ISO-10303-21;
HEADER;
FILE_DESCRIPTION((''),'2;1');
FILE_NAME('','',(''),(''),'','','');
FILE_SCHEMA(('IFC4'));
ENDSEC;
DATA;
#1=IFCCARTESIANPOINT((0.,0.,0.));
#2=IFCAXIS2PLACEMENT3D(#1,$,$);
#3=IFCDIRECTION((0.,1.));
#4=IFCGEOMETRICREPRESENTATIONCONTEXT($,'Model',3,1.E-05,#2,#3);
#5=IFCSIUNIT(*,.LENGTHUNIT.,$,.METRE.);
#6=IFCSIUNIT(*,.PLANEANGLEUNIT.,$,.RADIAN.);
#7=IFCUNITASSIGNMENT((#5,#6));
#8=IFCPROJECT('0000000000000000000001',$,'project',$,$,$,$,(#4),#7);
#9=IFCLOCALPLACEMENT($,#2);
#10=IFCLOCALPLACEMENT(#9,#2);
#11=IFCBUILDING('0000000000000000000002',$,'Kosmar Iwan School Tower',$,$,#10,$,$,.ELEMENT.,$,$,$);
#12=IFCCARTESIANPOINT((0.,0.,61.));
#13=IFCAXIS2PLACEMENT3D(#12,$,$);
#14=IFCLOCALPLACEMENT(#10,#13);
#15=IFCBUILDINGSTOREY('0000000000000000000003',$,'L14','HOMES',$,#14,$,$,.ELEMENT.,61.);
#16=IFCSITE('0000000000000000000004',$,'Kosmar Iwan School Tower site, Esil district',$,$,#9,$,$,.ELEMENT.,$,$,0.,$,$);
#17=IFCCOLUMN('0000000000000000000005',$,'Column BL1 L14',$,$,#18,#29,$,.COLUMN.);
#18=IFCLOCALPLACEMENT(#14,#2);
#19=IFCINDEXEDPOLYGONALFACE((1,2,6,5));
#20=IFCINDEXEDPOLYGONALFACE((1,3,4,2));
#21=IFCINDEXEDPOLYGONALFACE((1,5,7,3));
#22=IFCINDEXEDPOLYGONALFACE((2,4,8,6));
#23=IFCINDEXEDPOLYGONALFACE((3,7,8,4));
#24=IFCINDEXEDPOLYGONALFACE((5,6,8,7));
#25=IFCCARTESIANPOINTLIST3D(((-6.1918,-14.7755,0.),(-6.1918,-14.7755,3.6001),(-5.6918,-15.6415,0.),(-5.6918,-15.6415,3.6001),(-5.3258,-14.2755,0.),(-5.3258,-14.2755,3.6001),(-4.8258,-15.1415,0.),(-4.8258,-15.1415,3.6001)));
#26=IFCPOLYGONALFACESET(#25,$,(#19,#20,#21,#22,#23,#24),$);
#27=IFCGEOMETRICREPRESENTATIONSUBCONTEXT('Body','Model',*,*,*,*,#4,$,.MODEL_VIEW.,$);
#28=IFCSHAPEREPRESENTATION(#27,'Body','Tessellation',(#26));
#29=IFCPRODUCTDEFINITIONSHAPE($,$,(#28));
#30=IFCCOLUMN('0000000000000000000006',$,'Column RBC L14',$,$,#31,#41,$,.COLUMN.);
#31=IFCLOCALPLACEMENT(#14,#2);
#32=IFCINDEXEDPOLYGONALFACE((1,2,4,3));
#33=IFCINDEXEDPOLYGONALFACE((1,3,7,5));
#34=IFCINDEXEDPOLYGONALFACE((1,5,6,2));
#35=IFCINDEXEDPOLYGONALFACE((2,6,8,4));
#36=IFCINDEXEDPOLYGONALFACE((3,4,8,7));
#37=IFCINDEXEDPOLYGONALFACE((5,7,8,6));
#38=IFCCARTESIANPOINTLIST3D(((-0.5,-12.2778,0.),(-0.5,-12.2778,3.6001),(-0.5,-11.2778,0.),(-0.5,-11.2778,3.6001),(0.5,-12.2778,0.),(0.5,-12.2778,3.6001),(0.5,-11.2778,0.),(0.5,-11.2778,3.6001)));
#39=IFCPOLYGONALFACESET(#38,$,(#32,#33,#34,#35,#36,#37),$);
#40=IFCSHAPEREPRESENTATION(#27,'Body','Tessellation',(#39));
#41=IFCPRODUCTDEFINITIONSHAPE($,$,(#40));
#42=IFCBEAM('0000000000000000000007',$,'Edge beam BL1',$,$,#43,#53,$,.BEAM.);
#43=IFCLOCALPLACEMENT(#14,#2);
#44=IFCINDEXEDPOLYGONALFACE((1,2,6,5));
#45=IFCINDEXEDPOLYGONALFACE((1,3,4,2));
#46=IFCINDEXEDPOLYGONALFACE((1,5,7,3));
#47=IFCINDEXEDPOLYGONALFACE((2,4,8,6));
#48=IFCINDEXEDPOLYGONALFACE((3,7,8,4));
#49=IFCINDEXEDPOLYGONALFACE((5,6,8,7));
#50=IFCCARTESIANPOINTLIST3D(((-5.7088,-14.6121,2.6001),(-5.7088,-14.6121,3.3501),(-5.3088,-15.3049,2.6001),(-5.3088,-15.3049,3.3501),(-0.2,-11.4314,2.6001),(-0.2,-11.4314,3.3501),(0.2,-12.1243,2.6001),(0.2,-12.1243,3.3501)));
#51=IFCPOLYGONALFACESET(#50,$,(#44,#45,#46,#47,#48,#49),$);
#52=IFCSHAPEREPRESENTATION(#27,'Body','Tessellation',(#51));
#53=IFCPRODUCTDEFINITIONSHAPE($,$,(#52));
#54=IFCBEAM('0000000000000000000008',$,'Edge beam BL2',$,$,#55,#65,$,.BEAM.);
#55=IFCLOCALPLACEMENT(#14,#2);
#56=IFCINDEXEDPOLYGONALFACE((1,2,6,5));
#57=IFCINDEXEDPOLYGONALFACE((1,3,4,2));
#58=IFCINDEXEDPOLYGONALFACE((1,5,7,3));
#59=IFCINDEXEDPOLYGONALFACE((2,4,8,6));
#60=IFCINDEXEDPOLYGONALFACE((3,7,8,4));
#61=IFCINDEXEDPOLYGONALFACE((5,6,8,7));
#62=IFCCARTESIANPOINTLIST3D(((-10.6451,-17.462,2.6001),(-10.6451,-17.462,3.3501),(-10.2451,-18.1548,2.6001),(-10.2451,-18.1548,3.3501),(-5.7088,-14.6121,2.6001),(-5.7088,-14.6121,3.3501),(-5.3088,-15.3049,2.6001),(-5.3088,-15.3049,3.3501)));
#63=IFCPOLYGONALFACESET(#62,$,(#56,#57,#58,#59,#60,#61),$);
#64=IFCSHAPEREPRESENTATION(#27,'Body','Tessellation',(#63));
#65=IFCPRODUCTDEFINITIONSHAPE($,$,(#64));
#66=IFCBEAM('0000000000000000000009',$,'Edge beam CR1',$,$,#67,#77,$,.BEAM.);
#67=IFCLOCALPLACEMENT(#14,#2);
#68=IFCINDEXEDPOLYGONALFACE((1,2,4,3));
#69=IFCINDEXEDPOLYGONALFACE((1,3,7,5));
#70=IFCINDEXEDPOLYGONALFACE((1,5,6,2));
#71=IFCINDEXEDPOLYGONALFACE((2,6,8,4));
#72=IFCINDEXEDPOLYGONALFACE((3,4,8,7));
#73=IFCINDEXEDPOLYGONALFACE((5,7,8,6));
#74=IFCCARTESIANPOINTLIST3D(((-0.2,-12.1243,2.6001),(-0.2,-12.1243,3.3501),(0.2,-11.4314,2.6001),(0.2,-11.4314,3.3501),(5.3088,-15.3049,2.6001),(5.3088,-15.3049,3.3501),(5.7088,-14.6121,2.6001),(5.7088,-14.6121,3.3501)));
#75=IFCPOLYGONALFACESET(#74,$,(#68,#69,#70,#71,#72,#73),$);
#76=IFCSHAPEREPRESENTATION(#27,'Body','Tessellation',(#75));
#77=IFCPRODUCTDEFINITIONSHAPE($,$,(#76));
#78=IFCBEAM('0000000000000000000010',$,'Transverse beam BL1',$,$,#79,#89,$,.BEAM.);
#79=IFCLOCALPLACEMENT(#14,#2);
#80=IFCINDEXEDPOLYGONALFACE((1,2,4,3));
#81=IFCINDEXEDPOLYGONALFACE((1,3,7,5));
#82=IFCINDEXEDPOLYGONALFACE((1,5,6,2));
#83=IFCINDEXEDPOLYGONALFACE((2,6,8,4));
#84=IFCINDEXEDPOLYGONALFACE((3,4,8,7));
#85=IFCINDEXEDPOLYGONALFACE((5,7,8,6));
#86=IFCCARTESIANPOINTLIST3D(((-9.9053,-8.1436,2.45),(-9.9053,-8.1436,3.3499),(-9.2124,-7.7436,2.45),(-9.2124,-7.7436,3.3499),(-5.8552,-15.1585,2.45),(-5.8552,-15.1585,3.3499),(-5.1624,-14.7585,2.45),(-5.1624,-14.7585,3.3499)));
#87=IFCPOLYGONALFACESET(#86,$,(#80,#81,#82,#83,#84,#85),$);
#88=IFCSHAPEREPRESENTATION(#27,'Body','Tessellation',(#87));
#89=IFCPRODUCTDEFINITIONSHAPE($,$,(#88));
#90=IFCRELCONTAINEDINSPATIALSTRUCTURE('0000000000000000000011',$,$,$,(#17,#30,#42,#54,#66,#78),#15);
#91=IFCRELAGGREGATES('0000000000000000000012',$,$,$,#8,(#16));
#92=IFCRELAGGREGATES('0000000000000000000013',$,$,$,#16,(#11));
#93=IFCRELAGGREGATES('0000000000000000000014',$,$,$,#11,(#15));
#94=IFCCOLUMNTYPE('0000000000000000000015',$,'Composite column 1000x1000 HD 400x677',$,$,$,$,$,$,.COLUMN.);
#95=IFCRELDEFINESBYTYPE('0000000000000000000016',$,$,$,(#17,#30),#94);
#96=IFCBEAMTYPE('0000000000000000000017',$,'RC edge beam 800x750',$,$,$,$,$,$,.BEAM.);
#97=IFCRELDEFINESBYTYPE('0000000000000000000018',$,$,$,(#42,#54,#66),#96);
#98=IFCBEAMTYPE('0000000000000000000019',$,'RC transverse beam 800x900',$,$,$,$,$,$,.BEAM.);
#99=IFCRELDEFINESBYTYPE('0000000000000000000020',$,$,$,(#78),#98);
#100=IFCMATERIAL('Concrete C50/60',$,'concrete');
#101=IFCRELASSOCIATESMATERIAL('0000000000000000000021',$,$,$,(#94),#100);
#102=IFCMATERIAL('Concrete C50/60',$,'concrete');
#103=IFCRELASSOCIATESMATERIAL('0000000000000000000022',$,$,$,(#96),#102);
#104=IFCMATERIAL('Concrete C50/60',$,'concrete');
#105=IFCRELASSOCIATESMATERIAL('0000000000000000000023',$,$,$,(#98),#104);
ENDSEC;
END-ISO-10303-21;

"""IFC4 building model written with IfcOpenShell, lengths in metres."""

from ifc_helpers import new_model, si_unit, direction, frame, origin, origin_2d, place, context, subcontext, project, spatial, rectangle, extrude, material, material_profile, profile_set, type_object, element, save


model = new_model("IFC4")

# Units and contexts
model_context = context("Model", 3, precision=1e-05, world=origin(), true_north=direction((0.0, 1.0)))
body_context = subcontext(model_context, "Body", "Model", "MODEL_VIEW")
ifc_project = project(units=[si_unit("LENGTHUNIT", "METRE"), si_unit("PLANEANGLEUNIT", "RADIAN")], contexts=[model_context])

# Site, building, storey
site_placement = place(None, origin())
site = spatial("IfcSite", under=ifc_project, at=site_placement, Name="Kosmar Iwan School Tower site, Esil district", CompositionType="ELEMENT", RefElevation=0.0)
building_placement = place(site_placement, origin())
building = spatial("IfcBuilding", under=site, at=building_placement, Name="Kosmar Iwan School Tower", CompositionType="ELEMENT")
storey_placement = place(building_placement, frame((0.0, 0.0, 61.0)))
storey = spatial("IfcBuildingStorey", under=building, at=storey_placement, Name="L14", Description="HOMES", CompositionType="ELEMENT", Elevation=61.0)

# Columns
ifc_material_1 = material(Name="Concrete C50/60", Category="concrete")
ifc_material_profile_1 = material_profile(ifc_material_1, rectangle(XDim=1.0, YDim=1.0, at=origin_2d()), Name="RC 1000x1000 + HD 400x677")
ifc_profile_set_1 = profile_set([ifc_material_profile_1], Name="Concrete C50/60")
column_type = type_object("IfcColumnType", Name="Composite column 1000x1000 HD 400x677", PredefinedType="COLUMN", material=ifc_profile_set_1)
for number, where, z_axis, x_axis, name in (
    (1, (-5.5088, -14.9585, 0.0), (0.0, 0.0, 1.0), (-0.866025, -0.5, 0.0), "Column BL1 L14"),
    (2, (0.0, -11.7778, 0.0), (0.0, 0.0, 1.0), (1.0, 0.0, 0.0), "Column RBC L14"),
):
    element("IfcColumn", number, at=place(storey_placement, frame(where, z_axis=z_axis, x_axis=x_axis)), inside=storey, type_object=column_type, Name=name, PredefinedType="COLUMN", context=body_context, shape_type="SweptSolid", body=[
        extrude(rectangle(XDim=1.0, YDim=1.0, at=origin_2d()), origin(), (0.0, 0.0, 1.0), 3.6001),
    ])

# Beams
ifc_material_2 = material(Name="Concrete C50/60", Category="concrete")
ifc_material_profile_2 = material_profile(ifc_material_2, rectangle(XDim=0.8, YDim=0.75, at=origin_2d()), Name="RC 800x750")
ifc_profile_set_2 = profile_set([ifc_material_profile_2], Name="Concrete C50/60")
beam_type_1 = type_object("IfcBeamType", Name="RC edge beam 800x750", PredefinedType="BEAM", material=ifc_profile_set_2)
beam_1_placement = place(storey_placement, frame((0.0, -11.7778, 2.9751), z_axis=(-0.866014, -0.500019, 0.0), x_axis=(0.500019, -0.866014, 0.0)))
element("IfcBeam", 3, at=beam_1_placement, inside=storey, type_object=beam_type_1, Name="Edge beam BL1", PredefinedType="BEAM", context=body_context, shape_type="SweptSolid", body=[
    extrude(rectangle(XDim=0.8, YDim=0.75, at=origin_2d()), origin(), (0.0, 0.0, 1.0), 6.3611),
])
beam_2_placement = place(storey_placement, frame((-5.5088, -14.9585, 2.9751), z_axis=(-0.866034, -0.499986, 0.0), x_axis=(0.499986, -0.866034, 0.0)))
element("IfcBeam", 4, at=beam_2_placement, inside=storey, type_object=beam_type_1, Name="Edge beam BL2", PredefinedType="BEAM", context=body_context, shape_type="SweptSolid", body=[
    extrude(rectangle(XDim=0.8, YDim=0.75, at=origin_2d()), origin(), (0.0, 0.0, 1.0), 5.7),
])
beam_3_placement = place(storey_placement, frame((0.0, -11.7778, 2.9751), z_axis=(0.866014, -0.500019, 0.0), x_axis=(0.500019, 0.866014, 0.0)))
element("IfcBeam", 5, at=beam_3_placement, inside=storey, type_object=beam_type_1, Name="Edge beam CR1", PredefinedType="BEAM", context=body_context, shape_type="SweptSolid", body=[
    extrude(rectangle(XDim=0.8, YDim=0.75, at=origin_2d()), origin(), (0.0, 0.0, 1.0), 6.3611),
])
ifc_material_3 = material(Name="Concrete C50/60", Category="concrete")
ifc_material_profile_3 = material_profile(ifc_material_3, rectangle(XDim=0.8, YDim=0.8999, at=origin_2d()), Name="RC 800x900")
ifc_profile_set_3 = profile_set([ifc_material_profile_3], Name="Concrete C50/60")
beam_type_2 = type_object("IfcBeamType", Name="RC transverse beam 800x900", PredefinedType="BEAM", material=ifc_profile_set_3)
beam_4_placement = place(storey_placement, frame((-5.5088, -14.9585, 2.8999), z_axis=(-0.5, 0.866025, 0.0), x_axis=(-0.866025, -0.5, 0.0)))
element("IfcBeam", 6, at=beam_4_placement, inside=storey, type_object=beam_type_2, Name="Transverse beam BL1", PredefinedType="BEAM", context=body_context, shape_type="SweptSolid", body=[
    extrude(rectangle(XDim=0.8, YDim=0.8999, at=origin_2d()), origin(), (0.0, 0.0, 1.0), 8.1001),
])

save(model, "model.ifc")
